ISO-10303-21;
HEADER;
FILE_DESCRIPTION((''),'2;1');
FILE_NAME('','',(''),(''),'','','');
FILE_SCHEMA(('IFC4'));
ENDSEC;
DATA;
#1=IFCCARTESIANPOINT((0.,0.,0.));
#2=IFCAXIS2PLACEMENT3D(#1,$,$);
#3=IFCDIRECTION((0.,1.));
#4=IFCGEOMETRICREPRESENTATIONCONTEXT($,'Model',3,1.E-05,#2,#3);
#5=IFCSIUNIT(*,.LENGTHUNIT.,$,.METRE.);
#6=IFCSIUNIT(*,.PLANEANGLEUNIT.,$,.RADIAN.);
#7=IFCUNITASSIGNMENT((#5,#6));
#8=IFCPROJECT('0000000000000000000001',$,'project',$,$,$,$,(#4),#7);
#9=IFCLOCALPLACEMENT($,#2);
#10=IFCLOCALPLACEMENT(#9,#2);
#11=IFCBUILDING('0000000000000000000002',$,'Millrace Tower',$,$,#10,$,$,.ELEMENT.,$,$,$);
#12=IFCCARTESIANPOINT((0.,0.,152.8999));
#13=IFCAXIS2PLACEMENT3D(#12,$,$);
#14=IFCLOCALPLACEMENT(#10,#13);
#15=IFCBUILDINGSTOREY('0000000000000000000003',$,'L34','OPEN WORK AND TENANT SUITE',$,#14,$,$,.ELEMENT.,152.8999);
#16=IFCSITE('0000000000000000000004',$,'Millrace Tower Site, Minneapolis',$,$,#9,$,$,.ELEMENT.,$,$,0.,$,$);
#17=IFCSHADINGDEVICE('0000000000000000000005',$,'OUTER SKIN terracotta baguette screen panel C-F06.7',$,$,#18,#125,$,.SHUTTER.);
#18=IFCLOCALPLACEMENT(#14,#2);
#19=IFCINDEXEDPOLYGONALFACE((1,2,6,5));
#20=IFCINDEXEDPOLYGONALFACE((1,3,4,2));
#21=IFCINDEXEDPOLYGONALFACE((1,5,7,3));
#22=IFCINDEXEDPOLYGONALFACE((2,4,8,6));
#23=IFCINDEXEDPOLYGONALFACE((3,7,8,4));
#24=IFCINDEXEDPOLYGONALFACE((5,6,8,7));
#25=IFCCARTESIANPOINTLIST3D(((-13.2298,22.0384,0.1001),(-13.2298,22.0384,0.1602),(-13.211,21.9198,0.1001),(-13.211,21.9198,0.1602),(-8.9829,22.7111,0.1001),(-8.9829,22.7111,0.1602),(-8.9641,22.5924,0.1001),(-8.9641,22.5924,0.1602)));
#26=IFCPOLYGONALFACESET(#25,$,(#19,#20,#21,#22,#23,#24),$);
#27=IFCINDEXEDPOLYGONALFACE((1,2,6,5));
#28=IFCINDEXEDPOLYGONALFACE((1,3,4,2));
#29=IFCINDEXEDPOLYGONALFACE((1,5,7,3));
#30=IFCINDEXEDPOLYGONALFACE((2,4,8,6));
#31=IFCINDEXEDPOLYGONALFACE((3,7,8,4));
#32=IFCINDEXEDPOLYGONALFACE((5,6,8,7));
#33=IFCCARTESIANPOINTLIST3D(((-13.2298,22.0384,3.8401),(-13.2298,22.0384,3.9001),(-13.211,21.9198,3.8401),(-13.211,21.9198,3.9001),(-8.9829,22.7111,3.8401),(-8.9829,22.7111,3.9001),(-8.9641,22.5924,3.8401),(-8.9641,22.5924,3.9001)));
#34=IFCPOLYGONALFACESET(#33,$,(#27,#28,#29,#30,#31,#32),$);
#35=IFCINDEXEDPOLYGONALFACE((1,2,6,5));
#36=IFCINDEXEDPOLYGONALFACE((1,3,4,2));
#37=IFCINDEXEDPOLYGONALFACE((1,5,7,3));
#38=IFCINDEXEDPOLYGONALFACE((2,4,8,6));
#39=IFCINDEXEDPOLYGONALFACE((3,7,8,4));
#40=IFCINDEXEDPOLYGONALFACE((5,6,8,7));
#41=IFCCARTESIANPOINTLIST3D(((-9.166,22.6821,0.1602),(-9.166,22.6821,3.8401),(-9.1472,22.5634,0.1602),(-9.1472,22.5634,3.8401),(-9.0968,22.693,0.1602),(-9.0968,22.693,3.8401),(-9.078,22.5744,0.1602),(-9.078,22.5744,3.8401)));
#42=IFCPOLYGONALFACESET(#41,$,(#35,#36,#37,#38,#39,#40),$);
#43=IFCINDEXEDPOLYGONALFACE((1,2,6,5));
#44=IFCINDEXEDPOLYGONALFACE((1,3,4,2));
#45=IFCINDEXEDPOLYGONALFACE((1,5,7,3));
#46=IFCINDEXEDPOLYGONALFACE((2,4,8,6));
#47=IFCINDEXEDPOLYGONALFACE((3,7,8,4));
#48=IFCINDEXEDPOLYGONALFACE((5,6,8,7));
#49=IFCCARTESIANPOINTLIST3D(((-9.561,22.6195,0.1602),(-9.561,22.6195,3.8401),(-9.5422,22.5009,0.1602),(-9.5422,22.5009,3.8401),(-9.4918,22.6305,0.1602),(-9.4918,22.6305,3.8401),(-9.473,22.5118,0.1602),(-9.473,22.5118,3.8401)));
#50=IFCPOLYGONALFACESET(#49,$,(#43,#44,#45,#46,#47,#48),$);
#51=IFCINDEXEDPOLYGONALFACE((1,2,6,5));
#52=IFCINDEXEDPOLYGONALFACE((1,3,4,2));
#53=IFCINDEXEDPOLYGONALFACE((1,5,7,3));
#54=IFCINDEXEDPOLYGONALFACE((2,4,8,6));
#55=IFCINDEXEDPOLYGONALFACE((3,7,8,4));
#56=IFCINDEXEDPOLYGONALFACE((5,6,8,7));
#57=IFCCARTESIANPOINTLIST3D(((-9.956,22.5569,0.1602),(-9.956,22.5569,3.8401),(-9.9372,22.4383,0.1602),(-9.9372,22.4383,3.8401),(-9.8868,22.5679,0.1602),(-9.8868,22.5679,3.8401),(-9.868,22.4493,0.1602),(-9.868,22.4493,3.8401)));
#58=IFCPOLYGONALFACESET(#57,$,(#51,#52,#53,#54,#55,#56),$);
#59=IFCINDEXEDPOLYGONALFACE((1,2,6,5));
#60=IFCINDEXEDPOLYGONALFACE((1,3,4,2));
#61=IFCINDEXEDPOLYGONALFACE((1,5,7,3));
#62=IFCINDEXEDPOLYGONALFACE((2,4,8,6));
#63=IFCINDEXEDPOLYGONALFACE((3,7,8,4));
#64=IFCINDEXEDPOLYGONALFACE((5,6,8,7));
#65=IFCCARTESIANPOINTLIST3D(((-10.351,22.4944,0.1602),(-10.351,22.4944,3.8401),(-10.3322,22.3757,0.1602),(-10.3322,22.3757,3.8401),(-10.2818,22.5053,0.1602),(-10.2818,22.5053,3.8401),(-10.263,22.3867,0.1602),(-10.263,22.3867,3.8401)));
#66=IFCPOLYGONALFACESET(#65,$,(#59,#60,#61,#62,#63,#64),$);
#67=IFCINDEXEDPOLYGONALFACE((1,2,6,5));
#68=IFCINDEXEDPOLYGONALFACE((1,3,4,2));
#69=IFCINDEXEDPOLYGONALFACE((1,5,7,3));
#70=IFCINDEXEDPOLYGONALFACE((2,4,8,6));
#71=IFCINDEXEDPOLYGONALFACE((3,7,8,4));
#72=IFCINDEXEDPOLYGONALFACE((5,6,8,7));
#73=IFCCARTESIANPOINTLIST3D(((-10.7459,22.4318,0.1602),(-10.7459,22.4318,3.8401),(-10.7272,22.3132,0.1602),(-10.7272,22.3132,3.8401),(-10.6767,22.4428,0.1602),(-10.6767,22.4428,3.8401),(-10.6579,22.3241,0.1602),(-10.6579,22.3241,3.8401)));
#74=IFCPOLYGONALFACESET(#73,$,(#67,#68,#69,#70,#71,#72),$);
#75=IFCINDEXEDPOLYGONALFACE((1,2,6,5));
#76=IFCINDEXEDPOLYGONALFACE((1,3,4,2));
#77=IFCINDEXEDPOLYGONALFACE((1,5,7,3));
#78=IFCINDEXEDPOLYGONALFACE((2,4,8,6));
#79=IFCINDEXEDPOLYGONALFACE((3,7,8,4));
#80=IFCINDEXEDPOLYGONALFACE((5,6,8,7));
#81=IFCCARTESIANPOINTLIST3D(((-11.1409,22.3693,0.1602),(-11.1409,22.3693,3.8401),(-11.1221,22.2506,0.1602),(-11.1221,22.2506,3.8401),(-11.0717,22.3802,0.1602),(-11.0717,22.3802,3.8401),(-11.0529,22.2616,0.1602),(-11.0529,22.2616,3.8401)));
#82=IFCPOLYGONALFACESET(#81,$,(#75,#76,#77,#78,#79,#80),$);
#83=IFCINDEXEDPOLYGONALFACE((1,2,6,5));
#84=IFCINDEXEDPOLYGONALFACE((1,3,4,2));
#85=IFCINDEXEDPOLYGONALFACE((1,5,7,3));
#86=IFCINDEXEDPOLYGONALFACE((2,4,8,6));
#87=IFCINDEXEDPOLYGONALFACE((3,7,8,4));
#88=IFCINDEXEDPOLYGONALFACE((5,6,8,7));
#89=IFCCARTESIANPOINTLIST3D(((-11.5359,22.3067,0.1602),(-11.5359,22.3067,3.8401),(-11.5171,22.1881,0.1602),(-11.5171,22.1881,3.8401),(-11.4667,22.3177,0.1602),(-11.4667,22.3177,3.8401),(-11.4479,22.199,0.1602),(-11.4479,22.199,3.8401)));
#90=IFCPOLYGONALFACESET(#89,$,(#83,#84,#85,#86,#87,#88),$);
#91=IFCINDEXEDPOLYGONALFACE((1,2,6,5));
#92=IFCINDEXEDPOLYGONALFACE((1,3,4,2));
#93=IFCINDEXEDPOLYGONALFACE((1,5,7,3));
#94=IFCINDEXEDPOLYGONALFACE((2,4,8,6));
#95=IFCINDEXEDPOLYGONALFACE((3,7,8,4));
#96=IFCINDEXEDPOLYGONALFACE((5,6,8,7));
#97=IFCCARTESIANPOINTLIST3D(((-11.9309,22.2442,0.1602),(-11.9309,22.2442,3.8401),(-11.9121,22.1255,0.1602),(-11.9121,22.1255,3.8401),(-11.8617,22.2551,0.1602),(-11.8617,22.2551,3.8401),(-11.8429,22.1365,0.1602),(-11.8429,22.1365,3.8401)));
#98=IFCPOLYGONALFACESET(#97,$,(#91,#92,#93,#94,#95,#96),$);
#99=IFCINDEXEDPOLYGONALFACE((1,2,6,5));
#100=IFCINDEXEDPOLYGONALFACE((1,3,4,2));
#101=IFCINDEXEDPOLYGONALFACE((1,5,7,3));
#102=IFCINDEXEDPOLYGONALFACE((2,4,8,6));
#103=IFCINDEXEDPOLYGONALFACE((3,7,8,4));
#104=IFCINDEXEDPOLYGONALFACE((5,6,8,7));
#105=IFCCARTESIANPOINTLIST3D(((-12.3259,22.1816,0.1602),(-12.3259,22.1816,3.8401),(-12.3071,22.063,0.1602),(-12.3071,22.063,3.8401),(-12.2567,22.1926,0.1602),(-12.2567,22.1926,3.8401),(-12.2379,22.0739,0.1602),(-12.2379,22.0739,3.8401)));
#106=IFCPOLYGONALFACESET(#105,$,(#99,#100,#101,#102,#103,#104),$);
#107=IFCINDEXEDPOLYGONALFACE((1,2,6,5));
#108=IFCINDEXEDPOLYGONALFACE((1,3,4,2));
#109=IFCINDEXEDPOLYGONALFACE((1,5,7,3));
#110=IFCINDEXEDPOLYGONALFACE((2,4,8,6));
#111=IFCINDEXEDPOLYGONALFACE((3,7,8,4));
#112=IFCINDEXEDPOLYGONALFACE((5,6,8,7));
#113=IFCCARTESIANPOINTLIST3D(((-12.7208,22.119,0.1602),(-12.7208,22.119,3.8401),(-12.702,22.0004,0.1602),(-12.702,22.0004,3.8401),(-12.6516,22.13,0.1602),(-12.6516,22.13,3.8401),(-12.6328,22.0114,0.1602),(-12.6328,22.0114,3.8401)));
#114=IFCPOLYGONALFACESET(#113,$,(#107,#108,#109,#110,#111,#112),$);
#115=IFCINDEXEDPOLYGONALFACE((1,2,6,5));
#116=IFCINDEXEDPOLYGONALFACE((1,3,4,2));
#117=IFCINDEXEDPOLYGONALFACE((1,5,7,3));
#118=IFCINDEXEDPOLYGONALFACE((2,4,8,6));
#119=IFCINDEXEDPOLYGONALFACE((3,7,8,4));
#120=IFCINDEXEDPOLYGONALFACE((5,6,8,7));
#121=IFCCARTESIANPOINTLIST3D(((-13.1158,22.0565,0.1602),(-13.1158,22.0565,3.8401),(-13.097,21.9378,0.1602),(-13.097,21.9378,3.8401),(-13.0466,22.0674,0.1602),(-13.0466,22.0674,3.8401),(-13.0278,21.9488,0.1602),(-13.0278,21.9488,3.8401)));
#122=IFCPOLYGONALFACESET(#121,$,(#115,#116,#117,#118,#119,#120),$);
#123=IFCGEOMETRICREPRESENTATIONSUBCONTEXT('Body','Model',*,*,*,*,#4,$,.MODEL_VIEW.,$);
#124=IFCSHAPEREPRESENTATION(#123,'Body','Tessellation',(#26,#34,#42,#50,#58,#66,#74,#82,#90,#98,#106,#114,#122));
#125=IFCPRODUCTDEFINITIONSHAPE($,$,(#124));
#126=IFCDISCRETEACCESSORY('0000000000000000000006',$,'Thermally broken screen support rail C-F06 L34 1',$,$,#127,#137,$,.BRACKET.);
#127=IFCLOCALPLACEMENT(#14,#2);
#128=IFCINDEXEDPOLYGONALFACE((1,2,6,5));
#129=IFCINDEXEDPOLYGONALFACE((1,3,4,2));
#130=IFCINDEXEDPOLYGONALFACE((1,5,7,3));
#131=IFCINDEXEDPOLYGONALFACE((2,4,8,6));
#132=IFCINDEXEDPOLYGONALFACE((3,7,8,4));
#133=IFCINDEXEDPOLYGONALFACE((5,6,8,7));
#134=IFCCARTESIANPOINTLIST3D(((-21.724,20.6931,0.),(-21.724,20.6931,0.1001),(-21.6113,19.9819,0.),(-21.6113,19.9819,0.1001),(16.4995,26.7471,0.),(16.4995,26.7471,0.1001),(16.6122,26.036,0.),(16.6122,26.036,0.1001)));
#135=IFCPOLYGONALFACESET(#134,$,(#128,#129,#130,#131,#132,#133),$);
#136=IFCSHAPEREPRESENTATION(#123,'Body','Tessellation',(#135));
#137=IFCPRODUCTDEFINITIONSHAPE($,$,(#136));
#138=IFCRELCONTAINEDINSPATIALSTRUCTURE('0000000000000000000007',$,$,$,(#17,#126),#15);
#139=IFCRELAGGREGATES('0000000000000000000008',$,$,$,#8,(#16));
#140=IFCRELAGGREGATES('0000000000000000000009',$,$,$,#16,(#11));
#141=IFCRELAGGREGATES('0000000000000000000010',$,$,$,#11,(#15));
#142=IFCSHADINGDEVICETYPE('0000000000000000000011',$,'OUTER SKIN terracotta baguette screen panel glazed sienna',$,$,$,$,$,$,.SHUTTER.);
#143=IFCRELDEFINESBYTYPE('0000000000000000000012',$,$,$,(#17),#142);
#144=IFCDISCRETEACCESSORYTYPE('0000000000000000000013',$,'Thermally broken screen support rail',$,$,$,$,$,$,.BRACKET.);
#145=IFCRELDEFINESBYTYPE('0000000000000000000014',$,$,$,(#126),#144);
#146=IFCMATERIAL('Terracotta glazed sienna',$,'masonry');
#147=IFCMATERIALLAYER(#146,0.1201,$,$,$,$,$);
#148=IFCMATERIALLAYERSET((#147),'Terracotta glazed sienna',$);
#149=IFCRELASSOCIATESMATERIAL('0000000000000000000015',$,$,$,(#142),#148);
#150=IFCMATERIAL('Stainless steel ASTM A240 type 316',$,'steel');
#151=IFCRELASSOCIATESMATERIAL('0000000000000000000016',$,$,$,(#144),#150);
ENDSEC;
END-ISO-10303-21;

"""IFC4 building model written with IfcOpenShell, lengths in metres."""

from ifc_helpers import new_model, entity, si_unit, direction, frame, frame_2d, origin, origin_2d, place, context, subcontext, project, spatial, rectangle, extrude, source, transform, mapped, material, layer, layer_set, type_object, element, save


model = new_model("IFC4")

# Units and contexts
model_context = context("Model", 3, precision=1e-05, world=origin(), true_north=direction((0.0, 1.0)))
body_context = subcontext(model_context, "Body", "Model", "MODEL_VIEW")
ifc_project = project(units=[si_unit("LENGTHUNIT", "METRE"), si_unit("PLANEANGLEUNIT", "RADIAN")], contexts=[model_context])

# Site, building, storey
site_placement = place(None, origin())
site = spatial("IfcSite", under=ifc_project, at=site_placement, Name="Millrace Tower Site, Minneapolis", CompositionType="ELEMENT", RefElevation=0.0)
building_placement = place(site_placement, origin())
building = spatial("IfcBuilding", under=site, at=building_placement, Name="Millrace Tower", CompositionType="ELEMENT")
storey_placement = place(building_placement, frame((0.0, 0.0, 152.8999)))
storey = spatial("IfcBuildingStorey", under=building, at=storey_placement, Name="L34", Description="OPEN WORK AND TENANT SUITE", CompositionType="ELEMENT", Elevation=152.8999)

# Shading device
ifc_material_1 = material(Name="Terracotta glazed sienna", Category="masonry")
ifc_layer_1 = layer(ifc_material_1, 0.1201)
ifc_layer_set_1 = layer_set([ifc_layer_1], Name="Terracotta glazed sienna")
shading_device_type = type_object("IfcShadingDeviceType", Name="OUTER SKIN terracotta baguette screen panel glazed sienna", PredefinedType="SHUTTER", material=ifc_layer_set_1)
cartesian_point = entity("IfcCartesianPoint", [-2.1499, 0.0601])
shared_polyline = entity("IfcPolyline", [cartesian_point, entity("IfcCartesianPoint", [2.1499, 0.0601]), entity("IfcCartesianPoint", [2.1499, -0.0601]), entity("IfcCartesianPoint", [-2.1499, -0.0601]), cartesian_point])
shared_shape = source(origin(), body_context, "Body", "SweptSolid", [
    entity("IfcExtrudedAreaSolid", entity("IfcArbitraryClosedProfileDef", "AREA", None, shared_polyline), entity("IfcAxis2Placement3D", entity("IfcCartesianPoint", [0.0, 0.0, 0.0])), entity("IfcDirection", [0.0, 0.0, 1.0]), 0.0601),
    entity("IfcExtrudedAreaSolid", entity("IfcArbitraryClosedProfileDef", "AREA", None, shared_polyline), entity("IfcAxis2Placement3D", entity("IfcCartesianPoint", [0.0, 0.0, 3.74])), entity("IfcDirection", [0.0, 0.0, 1.0]), 0.0601),
    extrude(rectangle(XDim=0.0701, YDim=0.1201, at=frame_2d((-1.9995, 0.0))), frame((0.0, 0.0, 0.0601)), (0.0, 0.0, 1.0), 3.6799),
    extrude(rectangle(XDim=0.0701, YDim=0.1201, at=frame_2d((-1.5996, 0.0))), frame((0.0, 0.0, 0.0601)), (0.0, 0.0, 1.0), 3.6799),
    extrude(rectangle(XDim=0.0701, YDim=0.1201, at=frame_2d((-1.1997, 0.0))), frame((0.0, 0.0, 0.0601)), (0.0, 0.0, 1.0), 3.6799),
    extrude(rectangle(XDim=0.0701, YDim=0.1201, at=frame_2d((-0.7998, 0.0))), frame((0.0, 0.0, 0.0601)), (0.0, 0.0, 1.0), 3.6799),
    extrude(rectangle(XDim=0.0701, YDim=0.1201, at=frame_2d((-0.3999, 0.0))), frame((0.0, 0.0, 0.0601)), (0.0, 0.0, 1.0), 3.6799),
    extrude(rectangle(XDim=0.0701, YDim=0.1201, at=origin_2d()), frame((0.0, 0.0, 0.0601)), (0.0, 0.0, 1.0), 3.6799),
    extrude(rectangle(XDim=0.0701, YDim=0.1201, at=frame_2d((0.3999, 0.0))), frame((0.0, 0.0, 0.0601)), (0.0, 0.0, 1.0), 3.6799),
    extrude(rectangle(XDim=0.0701, YDim=0.1201, at=frame_2d((0.7998, 0.0))), frame((0.0, 0.0, 0.0601)), (0.0, 0.0, 1.0), 3.6799),
    extrude(rectangle(XDim=0.0701, YDim=0.1201, at=frame_2d((1.1997, 0.0))), frame((0.0, 0.0, 0.0601)), (0.0, 0.0, 1.0), 3.6799),
    extrude(rectangle(XDim=0.0701, YDim=0.1201, at=frame_2d((1.5996, 0.0))), frame((0.0, 0.0, 0.0601)), (0.0, 0.0, 1.0), 3.6799),
    extrude(rectangle(XDim=0.0701, YDim=0.1201, at=frame_2d((1.9995, 0.0))), frame((0.0, 0.0, 0.0601)), (0.0, 0.0, 1.0), 3.6799),
])
for number, where, z_axis, x_axis, name in (
    (1, (-11.0969, 22.3154, 0.1001), (0.0, 0.0, 1.0), (-0.987688, -0.156434, 0.0), "OUTER SKIN terracotta baguette screen panel C-F06.7"),
):
    element("IfcShadingDevice", number, at=place(storey_placement, frame(where, z_axis=z_axis, x_axis=x_axis)), inside=storey, type_object=shading_device_type, Name=name, PredefinedType="SHUTTER", context=body_context, shape_type="MappedRepresentation", body=[
        mapped(shared_shape, transform((0.0, 0.0, 0.0), scale=1.0)),
    ])

# Discrete accessory
ifc_material_2 = material(Name="Stainless steel ASTM A240 type 316", Category="steel")
discrete_accessory_type = type_object("IfcDiscreteAccessoryType", Name="Thermally broken screen support rail", PredefinedType="BRACKET", material=ifc_material_2)
discrete_accessory_placement = place(storey_placement, frame((-2.5559, 23.3645, 0.0), z_axis=(0.0, 0.0, 1.0), x_axis=(-0.987688, -0.156434, 0.0)))
element("IfcDiscreteAccessory", 2, at=discrete_accessory_placement, inside=storey, type_object=discrete_accessory_type, Name="Thermally broken screen support rail C-F06 L34 1", PredefinedType="BRACKET", context=body_context, shape_type="SweptSolid", body=[
    extrude(rectangle(XDim=38.7, YDim=0.72, at=origin_2d()), origin(), (0.0, 0.0, 1.0), 0.1001),
])

save(model, "model.ifc")
